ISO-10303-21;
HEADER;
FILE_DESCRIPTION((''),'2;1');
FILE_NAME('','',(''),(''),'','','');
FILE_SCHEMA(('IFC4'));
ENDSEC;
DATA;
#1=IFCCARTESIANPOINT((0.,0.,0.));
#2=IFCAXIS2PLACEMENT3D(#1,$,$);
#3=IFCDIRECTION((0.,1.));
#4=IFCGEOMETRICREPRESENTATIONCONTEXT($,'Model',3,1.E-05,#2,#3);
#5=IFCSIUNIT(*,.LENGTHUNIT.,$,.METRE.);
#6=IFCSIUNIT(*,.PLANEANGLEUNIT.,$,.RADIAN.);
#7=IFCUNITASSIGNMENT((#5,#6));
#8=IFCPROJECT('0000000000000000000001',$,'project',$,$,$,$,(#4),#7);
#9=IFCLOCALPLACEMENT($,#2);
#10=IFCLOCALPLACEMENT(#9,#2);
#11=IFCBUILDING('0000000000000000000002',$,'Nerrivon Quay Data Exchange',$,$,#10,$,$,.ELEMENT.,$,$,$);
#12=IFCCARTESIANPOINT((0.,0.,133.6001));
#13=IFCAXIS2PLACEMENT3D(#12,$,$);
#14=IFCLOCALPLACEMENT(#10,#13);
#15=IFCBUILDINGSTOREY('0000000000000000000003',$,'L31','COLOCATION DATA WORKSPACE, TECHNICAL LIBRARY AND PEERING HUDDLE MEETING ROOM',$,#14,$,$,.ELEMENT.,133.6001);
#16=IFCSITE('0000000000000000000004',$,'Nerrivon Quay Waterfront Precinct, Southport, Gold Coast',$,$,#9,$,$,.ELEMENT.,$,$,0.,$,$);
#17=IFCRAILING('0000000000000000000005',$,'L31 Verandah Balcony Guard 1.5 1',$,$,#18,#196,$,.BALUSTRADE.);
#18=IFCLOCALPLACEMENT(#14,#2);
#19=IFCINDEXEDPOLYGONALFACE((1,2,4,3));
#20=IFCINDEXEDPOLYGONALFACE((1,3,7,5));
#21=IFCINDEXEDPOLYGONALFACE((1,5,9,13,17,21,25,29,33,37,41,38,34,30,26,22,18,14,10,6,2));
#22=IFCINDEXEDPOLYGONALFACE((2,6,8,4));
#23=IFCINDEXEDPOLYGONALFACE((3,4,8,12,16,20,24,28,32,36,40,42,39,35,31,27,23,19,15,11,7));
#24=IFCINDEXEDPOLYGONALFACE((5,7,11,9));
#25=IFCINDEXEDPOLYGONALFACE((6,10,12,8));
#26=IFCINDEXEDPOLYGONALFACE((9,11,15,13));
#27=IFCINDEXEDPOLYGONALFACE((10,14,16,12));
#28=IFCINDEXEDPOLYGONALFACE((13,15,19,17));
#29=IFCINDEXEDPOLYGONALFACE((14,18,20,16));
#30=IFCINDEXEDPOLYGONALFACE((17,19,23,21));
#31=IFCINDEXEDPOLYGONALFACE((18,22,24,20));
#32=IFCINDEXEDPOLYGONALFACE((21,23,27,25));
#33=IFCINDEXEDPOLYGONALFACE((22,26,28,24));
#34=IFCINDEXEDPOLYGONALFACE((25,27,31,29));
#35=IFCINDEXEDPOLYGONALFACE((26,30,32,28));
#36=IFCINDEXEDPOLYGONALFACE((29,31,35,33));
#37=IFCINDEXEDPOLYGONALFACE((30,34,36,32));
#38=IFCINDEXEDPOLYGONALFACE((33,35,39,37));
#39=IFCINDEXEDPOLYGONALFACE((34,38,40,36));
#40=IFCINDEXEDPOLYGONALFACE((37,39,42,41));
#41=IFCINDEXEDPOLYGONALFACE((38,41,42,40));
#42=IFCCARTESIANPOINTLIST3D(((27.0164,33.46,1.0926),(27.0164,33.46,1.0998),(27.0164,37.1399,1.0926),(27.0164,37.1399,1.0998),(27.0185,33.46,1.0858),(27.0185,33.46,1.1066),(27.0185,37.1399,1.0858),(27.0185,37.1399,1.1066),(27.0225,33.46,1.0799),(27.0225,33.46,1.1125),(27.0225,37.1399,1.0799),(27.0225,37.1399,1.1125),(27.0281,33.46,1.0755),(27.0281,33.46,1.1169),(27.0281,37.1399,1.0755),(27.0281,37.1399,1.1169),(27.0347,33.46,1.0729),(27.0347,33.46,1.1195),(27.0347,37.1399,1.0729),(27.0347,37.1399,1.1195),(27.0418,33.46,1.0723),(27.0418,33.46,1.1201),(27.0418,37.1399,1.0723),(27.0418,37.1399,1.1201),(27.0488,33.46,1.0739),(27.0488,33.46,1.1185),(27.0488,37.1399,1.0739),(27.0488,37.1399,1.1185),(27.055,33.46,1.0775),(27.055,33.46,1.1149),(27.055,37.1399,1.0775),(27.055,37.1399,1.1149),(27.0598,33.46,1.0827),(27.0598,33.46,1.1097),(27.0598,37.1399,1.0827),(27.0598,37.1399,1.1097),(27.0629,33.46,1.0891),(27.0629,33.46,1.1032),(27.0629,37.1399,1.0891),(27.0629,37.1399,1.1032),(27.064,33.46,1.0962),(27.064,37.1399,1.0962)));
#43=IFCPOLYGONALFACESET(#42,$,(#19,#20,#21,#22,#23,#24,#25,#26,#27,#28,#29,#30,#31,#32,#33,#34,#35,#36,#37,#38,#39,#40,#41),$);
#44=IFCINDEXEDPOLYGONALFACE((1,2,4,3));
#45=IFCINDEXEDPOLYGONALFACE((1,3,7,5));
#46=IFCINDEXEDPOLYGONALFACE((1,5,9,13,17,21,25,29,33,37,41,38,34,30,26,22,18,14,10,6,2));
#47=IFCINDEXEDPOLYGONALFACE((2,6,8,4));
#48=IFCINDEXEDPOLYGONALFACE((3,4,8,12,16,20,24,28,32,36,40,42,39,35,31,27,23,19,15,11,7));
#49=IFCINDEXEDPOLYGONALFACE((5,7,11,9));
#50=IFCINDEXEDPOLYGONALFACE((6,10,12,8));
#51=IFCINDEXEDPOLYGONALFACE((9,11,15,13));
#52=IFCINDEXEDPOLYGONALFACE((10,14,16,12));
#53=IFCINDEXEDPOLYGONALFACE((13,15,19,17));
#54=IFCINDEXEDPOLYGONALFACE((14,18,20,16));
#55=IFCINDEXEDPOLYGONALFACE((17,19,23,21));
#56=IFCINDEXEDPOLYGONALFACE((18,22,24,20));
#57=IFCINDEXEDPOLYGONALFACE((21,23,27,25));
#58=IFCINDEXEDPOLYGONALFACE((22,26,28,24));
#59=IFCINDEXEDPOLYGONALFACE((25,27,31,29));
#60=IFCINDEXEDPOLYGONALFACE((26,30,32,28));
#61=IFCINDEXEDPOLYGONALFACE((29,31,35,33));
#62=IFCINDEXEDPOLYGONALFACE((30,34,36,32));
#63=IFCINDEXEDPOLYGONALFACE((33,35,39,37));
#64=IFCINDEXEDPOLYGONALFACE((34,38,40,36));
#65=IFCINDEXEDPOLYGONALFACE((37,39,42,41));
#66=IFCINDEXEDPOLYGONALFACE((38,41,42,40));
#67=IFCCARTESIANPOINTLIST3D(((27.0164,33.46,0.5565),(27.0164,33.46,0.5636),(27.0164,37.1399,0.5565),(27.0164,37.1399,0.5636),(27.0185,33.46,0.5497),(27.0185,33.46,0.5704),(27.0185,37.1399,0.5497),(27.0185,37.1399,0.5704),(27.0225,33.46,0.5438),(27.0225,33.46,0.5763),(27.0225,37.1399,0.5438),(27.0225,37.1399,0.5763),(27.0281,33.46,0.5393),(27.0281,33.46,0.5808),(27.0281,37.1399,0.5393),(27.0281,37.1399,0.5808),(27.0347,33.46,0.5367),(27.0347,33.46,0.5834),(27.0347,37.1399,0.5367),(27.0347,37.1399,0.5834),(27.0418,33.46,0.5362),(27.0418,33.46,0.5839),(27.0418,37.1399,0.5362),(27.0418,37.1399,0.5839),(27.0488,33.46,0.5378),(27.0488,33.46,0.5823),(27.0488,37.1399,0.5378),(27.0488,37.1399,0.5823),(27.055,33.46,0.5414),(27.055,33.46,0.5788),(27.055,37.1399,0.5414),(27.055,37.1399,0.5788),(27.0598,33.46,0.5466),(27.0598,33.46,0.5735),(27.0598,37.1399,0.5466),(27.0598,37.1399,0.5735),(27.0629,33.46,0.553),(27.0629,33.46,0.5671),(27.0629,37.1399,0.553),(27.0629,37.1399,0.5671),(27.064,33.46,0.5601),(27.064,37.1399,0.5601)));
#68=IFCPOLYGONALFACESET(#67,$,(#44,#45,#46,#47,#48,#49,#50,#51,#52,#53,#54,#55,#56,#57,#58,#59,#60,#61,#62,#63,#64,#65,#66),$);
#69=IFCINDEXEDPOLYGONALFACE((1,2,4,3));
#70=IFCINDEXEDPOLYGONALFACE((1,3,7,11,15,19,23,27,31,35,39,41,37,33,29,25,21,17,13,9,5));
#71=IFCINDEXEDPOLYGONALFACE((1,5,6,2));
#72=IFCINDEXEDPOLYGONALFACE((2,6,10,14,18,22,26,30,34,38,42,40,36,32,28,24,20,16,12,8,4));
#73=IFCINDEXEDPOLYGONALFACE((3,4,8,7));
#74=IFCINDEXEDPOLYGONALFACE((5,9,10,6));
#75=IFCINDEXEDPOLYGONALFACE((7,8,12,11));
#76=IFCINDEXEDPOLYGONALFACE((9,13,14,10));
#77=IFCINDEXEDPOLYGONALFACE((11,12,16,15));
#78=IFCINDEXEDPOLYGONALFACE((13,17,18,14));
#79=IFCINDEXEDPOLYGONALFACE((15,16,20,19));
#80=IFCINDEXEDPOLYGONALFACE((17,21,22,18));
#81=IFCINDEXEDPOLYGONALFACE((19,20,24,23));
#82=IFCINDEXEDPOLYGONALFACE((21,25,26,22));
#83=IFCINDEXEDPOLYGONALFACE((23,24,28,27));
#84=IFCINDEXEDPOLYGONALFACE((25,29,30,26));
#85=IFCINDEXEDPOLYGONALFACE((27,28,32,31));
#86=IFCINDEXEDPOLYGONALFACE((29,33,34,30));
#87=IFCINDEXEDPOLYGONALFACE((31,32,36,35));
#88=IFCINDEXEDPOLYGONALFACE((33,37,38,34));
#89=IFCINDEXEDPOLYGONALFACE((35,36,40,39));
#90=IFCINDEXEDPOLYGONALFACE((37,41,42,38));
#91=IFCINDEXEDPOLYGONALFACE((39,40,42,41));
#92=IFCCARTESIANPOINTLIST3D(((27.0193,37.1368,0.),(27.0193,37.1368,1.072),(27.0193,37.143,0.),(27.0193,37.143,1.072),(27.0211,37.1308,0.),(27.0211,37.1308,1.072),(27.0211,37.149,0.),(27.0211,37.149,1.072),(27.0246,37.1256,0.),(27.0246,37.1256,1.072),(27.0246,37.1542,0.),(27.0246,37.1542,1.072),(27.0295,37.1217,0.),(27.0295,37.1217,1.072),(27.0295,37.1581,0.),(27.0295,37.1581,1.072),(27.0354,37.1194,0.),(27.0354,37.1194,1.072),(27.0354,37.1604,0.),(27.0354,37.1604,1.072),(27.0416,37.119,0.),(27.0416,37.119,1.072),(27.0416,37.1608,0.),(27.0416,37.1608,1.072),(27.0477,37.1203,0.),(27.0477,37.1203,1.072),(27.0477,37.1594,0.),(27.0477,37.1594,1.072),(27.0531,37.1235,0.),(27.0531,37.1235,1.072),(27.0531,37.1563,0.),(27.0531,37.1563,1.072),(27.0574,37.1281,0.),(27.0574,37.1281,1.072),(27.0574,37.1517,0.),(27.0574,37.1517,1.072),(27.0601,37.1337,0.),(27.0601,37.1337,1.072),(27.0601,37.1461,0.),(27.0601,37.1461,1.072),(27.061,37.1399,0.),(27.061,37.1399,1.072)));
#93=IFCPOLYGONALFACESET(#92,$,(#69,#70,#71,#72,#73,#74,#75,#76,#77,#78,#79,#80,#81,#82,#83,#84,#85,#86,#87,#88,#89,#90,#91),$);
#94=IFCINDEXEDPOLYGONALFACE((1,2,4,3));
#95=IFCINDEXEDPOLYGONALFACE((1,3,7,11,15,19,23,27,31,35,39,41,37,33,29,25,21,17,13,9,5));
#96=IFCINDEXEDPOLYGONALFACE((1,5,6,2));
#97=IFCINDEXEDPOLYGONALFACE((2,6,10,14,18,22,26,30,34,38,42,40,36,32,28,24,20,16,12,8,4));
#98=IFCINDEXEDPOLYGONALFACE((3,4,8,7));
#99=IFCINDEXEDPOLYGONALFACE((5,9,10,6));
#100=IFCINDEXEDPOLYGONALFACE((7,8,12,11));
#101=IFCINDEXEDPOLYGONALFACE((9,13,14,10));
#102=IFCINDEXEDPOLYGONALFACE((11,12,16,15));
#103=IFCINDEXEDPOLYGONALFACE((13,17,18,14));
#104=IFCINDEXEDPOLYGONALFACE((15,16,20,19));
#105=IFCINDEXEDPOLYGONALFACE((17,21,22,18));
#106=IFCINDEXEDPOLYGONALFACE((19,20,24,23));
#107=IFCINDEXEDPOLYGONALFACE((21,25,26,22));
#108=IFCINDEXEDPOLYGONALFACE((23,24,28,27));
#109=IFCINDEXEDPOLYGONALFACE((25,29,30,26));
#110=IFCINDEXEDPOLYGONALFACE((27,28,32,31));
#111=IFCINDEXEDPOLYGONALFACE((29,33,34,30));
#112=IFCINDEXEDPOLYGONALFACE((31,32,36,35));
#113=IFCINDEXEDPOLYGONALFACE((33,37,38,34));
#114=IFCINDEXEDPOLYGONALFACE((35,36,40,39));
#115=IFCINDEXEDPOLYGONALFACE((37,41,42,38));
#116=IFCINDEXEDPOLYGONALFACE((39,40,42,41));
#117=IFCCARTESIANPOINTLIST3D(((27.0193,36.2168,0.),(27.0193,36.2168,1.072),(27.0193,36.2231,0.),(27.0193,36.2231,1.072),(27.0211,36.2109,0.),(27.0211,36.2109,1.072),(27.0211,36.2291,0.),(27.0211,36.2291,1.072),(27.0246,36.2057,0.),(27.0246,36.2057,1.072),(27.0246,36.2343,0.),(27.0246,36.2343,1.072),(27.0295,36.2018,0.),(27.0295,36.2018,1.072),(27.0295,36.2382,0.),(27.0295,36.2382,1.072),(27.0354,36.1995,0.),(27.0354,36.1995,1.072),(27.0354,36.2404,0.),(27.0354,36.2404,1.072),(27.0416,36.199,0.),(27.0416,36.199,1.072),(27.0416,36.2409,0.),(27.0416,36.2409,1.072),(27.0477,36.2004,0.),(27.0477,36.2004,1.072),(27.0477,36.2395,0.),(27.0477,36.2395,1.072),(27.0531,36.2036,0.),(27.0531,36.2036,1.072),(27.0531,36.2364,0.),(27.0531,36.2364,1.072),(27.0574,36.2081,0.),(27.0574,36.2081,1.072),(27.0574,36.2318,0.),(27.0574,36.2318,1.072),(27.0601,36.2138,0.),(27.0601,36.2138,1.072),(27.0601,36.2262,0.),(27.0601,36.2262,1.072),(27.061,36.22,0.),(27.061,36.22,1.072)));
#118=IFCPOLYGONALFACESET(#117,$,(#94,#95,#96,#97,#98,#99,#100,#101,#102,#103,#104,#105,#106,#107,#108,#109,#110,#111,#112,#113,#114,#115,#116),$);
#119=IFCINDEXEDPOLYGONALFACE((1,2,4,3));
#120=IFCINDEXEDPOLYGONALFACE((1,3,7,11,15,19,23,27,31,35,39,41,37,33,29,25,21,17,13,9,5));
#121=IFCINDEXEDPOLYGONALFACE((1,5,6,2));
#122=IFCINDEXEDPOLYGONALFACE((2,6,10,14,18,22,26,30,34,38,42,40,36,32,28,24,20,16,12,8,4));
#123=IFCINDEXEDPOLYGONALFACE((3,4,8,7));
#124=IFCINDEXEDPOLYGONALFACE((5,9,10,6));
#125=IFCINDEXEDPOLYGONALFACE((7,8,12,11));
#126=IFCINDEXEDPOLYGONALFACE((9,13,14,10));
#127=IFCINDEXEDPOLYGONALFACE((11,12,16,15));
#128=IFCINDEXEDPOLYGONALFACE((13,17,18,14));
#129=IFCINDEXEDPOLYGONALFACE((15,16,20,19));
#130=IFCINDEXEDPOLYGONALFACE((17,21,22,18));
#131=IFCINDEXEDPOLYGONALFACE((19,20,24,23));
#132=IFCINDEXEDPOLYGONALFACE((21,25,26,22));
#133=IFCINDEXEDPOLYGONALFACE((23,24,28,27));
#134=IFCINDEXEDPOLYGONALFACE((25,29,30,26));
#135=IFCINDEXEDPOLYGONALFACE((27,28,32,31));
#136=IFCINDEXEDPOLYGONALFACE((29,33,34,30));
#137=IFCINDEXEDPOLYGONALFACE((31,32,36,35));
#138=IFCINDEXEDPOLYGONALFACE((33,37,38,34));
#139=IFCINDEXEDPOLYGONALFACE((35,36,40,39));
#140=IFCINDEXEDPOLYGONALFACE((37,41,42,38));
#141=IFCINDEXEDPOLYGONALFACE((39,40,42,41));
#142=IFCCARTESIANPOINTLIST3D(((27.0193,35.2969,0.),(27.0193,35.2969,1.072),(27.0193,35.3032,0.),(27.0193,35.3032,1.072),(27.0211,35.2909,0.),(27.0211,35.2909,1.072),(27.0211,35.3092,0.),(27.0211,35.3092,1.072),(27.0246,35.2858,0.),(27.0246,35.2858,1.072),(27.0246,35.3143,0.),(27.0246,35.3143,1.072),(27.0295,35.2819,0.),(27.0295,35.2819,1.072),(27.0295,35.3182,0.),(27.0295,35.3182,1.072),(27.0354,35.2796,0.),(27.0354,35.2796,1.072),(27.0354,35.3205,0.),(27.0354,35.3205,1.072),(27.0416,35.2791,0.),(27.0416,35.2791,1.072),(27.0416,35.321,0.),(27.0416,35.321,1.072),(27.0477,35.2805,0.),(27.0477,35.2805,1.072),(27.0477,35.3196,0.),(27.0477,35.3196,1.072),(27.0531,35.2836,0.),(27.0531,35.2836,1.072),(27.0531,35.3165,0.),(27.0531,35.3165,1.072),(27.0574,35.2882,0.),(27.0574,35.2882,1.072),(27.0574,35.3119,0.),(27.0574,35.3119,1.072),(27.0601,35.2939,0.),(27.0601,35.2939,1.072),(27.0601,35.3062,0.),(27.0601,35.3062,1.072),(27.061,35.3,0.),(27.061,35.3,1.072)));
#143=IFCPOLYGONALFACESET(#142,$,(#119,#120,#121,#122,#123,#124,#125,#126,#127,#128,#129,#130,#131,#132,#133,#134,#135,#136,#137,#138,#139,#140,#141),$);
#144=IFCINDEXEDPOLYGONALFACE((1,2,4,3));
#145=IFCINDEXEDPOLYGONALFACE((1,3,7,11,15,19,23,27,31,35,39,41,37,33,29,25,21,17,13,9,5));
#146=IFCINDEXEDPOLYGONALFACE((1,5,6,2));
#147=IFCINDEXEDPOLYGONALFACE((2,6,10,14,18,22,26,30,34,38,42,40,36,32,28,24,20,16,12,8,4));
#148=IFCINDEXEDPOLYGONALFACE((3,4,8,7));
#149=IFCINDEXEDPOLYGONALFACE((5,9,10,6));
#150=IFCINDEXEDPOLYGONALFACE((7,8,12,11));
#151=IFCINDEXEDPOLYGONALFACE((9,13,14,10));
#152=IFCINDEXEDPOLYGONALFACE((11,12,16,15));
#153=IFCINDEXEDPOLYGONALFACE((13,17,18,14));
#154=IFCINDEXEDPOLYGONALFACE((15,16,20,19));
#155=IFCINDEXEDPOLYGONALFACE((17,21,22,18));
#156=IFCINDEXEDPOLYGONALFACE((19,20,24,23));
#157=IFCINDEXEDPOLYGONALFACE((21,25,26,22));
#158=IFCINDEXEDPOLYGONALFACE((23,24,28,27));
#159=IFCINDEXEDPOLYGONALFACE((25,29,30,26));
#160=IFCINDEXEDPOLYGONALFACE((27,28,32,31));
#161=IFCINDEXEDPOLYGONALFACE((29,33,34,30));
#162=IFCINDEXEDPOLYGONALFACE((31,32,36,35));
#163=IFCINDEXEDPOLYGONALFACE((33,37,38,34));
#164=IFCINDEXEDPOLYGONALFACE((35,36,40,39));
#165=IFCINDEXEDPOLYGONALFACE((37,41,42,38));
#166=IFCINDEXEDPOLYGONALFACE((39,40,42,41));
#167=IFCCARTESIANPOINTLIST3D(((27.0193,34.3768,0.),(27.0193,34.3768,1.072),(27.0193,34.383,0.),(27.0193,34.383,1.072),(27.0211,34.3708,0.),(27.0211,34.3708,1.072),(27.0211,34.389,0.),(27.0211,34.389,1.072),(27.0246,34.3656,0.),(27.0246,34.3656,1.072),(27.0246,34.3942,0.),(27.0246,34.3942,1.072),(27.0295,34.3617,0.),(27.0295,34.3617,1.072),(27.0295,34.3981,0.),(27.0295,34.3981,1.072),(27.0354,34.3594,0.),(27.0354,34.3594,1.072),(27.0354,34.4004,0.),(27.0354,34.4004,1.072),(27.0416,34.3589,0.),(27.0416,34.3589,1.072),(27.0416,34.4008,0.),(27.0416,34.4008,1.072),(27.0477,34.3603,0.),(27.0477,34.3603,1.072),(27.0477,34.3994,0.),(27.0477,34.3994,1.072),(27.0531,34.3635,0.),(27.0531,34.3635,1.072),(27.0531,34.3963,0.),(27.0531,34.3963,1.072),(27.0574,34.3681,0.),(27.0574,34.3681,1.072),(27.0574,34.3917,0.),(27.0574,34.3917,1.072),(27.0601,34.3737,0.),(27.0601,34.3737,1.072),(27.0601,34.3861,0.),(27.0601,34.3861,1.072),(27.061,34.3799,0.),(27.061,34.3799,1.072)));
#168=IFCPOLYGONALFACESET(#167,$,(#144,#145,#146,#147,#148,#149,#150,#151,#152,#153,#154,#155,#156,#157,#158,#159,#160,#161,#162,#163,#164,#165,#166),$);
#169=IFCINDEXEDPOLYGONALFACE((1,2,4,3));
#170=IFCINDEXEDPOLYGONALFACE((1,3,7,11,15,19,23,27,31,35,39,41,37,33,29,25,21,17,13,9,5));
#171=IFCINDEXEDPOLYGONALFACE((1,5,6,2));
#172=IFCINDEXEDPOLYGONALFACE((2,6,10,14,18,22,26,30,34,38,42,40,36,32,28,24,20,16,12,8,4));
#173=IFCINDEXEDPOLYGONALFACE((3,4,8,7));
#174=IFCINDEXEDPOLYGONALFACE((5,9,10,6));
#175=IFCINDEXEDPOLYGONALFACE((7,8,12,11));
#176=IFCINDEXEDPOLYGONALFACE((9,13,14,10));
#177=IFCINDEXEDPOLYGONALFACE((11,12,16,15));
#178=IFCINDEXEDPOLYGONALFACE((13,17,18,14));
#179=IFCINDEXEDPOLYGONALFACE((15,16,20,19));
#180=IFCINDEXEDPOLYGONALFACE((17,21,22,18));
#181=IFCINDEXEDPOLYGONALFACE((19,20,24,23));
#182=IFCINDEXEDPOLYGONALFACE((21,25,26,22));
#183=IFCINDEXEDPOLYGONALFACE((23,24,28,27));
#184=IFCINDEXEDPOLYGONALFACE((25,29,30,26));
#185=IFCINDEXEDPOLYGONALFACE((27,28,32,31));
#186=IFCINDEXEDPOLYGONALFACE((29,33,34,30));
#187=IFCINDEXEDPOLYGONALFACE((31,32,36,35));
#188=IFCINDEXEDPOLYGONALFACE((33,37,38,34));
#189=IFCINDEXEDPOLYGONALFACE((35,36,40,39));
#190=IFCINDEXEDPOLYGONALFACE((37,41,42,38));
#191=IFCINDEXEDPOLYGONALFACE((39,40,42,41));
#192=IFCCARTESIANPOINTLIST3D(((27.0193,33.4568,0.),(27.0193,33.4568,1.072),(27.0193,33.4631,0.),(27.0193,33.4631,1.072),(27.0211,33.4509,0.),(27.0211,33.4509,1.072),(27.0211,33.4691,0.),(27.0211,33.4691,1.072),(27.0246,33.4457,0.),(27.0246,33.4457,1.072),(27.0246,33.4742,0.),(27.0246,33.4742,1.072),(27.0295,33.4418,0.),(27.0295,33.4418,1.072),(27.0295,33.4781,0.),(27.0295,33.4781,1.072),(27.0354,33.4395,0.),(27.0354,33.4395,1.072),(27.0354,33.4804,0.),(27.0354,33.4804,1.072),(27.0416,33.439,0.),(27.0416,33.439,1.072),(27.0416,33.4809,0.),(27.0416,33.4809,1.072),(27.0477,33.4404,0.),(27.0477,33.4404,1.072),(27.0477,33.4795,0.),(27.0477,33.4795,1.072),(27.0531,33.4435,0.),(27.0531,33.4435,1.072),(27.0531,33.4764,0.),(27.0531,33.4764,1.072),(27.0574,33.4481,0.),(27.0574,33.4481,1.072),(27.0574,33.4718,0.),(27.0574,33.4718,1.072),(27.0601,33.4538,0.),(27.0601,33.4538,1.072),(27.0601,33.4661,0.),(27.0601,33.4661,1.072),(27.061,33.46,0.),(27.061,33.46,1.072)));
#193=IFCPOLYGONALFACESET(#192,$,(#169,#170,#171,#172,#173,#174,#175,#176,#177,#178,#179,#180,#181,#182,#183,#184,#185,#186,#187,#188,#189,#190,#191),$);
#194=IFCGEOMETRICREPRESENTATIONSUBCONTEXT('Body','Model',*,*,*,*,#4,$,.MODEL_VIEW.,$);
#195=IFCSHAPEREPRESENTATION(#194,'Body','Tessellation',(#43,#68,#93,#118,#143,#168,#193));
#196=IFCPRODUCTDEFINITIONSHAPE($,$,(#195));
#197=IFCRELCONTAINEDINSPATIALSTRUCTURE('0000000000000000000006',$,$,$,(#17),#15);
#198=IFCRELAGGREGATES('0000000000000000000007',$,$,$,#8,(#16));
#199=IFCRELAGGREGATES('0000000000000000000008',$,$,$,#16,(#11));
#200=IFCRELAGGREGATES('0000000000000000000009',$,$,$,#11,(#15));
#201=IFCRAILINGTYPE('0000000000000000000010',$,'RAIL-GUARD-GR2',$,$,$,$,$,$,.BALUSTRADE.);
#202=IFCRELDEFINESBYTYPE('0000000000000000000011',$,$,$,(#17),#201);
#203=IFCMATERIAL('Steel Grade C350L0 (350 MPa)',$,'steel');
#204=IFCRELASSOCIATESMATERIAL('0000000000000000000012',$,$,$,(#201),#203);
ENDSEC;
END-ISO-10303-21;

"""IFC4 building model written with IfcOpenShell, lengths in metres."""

from ifc_helpers import new_model, si_unit, direction, frame, origin, origin_2d, place, context, subcontext, project, spatial, circle, extrude, material, type_object, element, save


model = new_model("IFC4")

# Units and contexts
model_context = context("Model", 3, precision=1e-05, world=origin(), true_north=direction((0.0, 1.0)))
body_context = subcontext(model_context, "Body", "Model", "MODEL_VIEW")
ifc_project = project(units=[si_unit("LENGTHUNIT", "METRE"), si_unit("PLANEANGLEUNIT", "RADIAN")], contexts=[model_context])

# Site, building, storey
site_placement = place(None, origin())
site = spatial("IfcSite", under=ifc_project, at=site_placement, Name="Nerrivon Quay Waterfront Precinct, Southport, Gold Coast", CompositionType="ELEMENT", RefElevation=0.0)
building_placement = place(site_placement, origin())
building = spatial("IfcBuilding", under=site, at=building_placement, Name="Nerrivon Quay Data Exchange", CompositionType="ELEMENT")
storey_placement = place(building_placement, frame((0.0, 0.0, 133.6001)))
storey = spatial("IfcBuildingStorey", under=building, at=storey_placement, Name="L31", Description="COLOCATION DATA WORKSPACE, TECHNICAL LIBRARY AND PEERING HUDDLE MEETING ROOM", CompositionType="ELEMENT", Elevation=133.6001)

# Railing
ifc_material_1 = material(Name="Steel Grade C350L0 (350 MPa)", Category="steel")
railing_type = type_object("IfcRailingType", Name="RAIL-GUARD-GR2", PredefinedType="BALUSTRADE", material=ifc_material_1)
railing_1_placement = place(storey_placement, frame((27.04, 37.1399, 0.0)))
element("IfcRailing", 1, at=railing_1_placement, inside=storey, type_object=railing_type, Name="L31 Verandah Balcony Guard 1.5 1", PredefinedType="BALUSTRADE", context=body_context, shape_type="SweptSolid", body=[
    extrude(circle(Radius=0.0239, at=origin_2d()), frame((0.0, 0.0, 1.0962), z_axis=(0.0, -1.0, 0.0), x_axis=(1.0, 0.0, 0.0)), (0.0, 0.0, 1.0), 3.6799),
    extrude(circle(Radius=0.0239, at=origin_2d()), frame((0.0, 0.0, 0.5601), z_axis=(0.0, -1.0, 0.0), x_axis=(1.0, 0.0, 0.0)), (0.0, 0.0, 1.0), 3.6799),
    extrude(circle(Radius=0.021, at=origin_2d()), origin(), (0.0, 0.0, 1.0), 1.072),
    extrude(circle(Radius=0.021, at=origin_2d()), frame((0.0, -0.9199, 0.0)), (0.0, 0.0, 1.0), 1.072),
    extrude(circle(Radius=0.021, at=origin_2d()), frame((0.0, -1.8398, 0.0)), (0.0, 0.0, 1.0), 1.072),
    extrude(circle(Radius=0.021, at=origin_2d()), frame((0.0, -2.76, 0.0)), (0.0, 0.0, 1.0), 1.072),
    extrude(circle(Radius=0.021, at=origin_2d()), frame((0.0, -3.6799, 0.0)), (0.0, 0.0, 1.0), 1.072),
])

save(model, "model.ifc")
